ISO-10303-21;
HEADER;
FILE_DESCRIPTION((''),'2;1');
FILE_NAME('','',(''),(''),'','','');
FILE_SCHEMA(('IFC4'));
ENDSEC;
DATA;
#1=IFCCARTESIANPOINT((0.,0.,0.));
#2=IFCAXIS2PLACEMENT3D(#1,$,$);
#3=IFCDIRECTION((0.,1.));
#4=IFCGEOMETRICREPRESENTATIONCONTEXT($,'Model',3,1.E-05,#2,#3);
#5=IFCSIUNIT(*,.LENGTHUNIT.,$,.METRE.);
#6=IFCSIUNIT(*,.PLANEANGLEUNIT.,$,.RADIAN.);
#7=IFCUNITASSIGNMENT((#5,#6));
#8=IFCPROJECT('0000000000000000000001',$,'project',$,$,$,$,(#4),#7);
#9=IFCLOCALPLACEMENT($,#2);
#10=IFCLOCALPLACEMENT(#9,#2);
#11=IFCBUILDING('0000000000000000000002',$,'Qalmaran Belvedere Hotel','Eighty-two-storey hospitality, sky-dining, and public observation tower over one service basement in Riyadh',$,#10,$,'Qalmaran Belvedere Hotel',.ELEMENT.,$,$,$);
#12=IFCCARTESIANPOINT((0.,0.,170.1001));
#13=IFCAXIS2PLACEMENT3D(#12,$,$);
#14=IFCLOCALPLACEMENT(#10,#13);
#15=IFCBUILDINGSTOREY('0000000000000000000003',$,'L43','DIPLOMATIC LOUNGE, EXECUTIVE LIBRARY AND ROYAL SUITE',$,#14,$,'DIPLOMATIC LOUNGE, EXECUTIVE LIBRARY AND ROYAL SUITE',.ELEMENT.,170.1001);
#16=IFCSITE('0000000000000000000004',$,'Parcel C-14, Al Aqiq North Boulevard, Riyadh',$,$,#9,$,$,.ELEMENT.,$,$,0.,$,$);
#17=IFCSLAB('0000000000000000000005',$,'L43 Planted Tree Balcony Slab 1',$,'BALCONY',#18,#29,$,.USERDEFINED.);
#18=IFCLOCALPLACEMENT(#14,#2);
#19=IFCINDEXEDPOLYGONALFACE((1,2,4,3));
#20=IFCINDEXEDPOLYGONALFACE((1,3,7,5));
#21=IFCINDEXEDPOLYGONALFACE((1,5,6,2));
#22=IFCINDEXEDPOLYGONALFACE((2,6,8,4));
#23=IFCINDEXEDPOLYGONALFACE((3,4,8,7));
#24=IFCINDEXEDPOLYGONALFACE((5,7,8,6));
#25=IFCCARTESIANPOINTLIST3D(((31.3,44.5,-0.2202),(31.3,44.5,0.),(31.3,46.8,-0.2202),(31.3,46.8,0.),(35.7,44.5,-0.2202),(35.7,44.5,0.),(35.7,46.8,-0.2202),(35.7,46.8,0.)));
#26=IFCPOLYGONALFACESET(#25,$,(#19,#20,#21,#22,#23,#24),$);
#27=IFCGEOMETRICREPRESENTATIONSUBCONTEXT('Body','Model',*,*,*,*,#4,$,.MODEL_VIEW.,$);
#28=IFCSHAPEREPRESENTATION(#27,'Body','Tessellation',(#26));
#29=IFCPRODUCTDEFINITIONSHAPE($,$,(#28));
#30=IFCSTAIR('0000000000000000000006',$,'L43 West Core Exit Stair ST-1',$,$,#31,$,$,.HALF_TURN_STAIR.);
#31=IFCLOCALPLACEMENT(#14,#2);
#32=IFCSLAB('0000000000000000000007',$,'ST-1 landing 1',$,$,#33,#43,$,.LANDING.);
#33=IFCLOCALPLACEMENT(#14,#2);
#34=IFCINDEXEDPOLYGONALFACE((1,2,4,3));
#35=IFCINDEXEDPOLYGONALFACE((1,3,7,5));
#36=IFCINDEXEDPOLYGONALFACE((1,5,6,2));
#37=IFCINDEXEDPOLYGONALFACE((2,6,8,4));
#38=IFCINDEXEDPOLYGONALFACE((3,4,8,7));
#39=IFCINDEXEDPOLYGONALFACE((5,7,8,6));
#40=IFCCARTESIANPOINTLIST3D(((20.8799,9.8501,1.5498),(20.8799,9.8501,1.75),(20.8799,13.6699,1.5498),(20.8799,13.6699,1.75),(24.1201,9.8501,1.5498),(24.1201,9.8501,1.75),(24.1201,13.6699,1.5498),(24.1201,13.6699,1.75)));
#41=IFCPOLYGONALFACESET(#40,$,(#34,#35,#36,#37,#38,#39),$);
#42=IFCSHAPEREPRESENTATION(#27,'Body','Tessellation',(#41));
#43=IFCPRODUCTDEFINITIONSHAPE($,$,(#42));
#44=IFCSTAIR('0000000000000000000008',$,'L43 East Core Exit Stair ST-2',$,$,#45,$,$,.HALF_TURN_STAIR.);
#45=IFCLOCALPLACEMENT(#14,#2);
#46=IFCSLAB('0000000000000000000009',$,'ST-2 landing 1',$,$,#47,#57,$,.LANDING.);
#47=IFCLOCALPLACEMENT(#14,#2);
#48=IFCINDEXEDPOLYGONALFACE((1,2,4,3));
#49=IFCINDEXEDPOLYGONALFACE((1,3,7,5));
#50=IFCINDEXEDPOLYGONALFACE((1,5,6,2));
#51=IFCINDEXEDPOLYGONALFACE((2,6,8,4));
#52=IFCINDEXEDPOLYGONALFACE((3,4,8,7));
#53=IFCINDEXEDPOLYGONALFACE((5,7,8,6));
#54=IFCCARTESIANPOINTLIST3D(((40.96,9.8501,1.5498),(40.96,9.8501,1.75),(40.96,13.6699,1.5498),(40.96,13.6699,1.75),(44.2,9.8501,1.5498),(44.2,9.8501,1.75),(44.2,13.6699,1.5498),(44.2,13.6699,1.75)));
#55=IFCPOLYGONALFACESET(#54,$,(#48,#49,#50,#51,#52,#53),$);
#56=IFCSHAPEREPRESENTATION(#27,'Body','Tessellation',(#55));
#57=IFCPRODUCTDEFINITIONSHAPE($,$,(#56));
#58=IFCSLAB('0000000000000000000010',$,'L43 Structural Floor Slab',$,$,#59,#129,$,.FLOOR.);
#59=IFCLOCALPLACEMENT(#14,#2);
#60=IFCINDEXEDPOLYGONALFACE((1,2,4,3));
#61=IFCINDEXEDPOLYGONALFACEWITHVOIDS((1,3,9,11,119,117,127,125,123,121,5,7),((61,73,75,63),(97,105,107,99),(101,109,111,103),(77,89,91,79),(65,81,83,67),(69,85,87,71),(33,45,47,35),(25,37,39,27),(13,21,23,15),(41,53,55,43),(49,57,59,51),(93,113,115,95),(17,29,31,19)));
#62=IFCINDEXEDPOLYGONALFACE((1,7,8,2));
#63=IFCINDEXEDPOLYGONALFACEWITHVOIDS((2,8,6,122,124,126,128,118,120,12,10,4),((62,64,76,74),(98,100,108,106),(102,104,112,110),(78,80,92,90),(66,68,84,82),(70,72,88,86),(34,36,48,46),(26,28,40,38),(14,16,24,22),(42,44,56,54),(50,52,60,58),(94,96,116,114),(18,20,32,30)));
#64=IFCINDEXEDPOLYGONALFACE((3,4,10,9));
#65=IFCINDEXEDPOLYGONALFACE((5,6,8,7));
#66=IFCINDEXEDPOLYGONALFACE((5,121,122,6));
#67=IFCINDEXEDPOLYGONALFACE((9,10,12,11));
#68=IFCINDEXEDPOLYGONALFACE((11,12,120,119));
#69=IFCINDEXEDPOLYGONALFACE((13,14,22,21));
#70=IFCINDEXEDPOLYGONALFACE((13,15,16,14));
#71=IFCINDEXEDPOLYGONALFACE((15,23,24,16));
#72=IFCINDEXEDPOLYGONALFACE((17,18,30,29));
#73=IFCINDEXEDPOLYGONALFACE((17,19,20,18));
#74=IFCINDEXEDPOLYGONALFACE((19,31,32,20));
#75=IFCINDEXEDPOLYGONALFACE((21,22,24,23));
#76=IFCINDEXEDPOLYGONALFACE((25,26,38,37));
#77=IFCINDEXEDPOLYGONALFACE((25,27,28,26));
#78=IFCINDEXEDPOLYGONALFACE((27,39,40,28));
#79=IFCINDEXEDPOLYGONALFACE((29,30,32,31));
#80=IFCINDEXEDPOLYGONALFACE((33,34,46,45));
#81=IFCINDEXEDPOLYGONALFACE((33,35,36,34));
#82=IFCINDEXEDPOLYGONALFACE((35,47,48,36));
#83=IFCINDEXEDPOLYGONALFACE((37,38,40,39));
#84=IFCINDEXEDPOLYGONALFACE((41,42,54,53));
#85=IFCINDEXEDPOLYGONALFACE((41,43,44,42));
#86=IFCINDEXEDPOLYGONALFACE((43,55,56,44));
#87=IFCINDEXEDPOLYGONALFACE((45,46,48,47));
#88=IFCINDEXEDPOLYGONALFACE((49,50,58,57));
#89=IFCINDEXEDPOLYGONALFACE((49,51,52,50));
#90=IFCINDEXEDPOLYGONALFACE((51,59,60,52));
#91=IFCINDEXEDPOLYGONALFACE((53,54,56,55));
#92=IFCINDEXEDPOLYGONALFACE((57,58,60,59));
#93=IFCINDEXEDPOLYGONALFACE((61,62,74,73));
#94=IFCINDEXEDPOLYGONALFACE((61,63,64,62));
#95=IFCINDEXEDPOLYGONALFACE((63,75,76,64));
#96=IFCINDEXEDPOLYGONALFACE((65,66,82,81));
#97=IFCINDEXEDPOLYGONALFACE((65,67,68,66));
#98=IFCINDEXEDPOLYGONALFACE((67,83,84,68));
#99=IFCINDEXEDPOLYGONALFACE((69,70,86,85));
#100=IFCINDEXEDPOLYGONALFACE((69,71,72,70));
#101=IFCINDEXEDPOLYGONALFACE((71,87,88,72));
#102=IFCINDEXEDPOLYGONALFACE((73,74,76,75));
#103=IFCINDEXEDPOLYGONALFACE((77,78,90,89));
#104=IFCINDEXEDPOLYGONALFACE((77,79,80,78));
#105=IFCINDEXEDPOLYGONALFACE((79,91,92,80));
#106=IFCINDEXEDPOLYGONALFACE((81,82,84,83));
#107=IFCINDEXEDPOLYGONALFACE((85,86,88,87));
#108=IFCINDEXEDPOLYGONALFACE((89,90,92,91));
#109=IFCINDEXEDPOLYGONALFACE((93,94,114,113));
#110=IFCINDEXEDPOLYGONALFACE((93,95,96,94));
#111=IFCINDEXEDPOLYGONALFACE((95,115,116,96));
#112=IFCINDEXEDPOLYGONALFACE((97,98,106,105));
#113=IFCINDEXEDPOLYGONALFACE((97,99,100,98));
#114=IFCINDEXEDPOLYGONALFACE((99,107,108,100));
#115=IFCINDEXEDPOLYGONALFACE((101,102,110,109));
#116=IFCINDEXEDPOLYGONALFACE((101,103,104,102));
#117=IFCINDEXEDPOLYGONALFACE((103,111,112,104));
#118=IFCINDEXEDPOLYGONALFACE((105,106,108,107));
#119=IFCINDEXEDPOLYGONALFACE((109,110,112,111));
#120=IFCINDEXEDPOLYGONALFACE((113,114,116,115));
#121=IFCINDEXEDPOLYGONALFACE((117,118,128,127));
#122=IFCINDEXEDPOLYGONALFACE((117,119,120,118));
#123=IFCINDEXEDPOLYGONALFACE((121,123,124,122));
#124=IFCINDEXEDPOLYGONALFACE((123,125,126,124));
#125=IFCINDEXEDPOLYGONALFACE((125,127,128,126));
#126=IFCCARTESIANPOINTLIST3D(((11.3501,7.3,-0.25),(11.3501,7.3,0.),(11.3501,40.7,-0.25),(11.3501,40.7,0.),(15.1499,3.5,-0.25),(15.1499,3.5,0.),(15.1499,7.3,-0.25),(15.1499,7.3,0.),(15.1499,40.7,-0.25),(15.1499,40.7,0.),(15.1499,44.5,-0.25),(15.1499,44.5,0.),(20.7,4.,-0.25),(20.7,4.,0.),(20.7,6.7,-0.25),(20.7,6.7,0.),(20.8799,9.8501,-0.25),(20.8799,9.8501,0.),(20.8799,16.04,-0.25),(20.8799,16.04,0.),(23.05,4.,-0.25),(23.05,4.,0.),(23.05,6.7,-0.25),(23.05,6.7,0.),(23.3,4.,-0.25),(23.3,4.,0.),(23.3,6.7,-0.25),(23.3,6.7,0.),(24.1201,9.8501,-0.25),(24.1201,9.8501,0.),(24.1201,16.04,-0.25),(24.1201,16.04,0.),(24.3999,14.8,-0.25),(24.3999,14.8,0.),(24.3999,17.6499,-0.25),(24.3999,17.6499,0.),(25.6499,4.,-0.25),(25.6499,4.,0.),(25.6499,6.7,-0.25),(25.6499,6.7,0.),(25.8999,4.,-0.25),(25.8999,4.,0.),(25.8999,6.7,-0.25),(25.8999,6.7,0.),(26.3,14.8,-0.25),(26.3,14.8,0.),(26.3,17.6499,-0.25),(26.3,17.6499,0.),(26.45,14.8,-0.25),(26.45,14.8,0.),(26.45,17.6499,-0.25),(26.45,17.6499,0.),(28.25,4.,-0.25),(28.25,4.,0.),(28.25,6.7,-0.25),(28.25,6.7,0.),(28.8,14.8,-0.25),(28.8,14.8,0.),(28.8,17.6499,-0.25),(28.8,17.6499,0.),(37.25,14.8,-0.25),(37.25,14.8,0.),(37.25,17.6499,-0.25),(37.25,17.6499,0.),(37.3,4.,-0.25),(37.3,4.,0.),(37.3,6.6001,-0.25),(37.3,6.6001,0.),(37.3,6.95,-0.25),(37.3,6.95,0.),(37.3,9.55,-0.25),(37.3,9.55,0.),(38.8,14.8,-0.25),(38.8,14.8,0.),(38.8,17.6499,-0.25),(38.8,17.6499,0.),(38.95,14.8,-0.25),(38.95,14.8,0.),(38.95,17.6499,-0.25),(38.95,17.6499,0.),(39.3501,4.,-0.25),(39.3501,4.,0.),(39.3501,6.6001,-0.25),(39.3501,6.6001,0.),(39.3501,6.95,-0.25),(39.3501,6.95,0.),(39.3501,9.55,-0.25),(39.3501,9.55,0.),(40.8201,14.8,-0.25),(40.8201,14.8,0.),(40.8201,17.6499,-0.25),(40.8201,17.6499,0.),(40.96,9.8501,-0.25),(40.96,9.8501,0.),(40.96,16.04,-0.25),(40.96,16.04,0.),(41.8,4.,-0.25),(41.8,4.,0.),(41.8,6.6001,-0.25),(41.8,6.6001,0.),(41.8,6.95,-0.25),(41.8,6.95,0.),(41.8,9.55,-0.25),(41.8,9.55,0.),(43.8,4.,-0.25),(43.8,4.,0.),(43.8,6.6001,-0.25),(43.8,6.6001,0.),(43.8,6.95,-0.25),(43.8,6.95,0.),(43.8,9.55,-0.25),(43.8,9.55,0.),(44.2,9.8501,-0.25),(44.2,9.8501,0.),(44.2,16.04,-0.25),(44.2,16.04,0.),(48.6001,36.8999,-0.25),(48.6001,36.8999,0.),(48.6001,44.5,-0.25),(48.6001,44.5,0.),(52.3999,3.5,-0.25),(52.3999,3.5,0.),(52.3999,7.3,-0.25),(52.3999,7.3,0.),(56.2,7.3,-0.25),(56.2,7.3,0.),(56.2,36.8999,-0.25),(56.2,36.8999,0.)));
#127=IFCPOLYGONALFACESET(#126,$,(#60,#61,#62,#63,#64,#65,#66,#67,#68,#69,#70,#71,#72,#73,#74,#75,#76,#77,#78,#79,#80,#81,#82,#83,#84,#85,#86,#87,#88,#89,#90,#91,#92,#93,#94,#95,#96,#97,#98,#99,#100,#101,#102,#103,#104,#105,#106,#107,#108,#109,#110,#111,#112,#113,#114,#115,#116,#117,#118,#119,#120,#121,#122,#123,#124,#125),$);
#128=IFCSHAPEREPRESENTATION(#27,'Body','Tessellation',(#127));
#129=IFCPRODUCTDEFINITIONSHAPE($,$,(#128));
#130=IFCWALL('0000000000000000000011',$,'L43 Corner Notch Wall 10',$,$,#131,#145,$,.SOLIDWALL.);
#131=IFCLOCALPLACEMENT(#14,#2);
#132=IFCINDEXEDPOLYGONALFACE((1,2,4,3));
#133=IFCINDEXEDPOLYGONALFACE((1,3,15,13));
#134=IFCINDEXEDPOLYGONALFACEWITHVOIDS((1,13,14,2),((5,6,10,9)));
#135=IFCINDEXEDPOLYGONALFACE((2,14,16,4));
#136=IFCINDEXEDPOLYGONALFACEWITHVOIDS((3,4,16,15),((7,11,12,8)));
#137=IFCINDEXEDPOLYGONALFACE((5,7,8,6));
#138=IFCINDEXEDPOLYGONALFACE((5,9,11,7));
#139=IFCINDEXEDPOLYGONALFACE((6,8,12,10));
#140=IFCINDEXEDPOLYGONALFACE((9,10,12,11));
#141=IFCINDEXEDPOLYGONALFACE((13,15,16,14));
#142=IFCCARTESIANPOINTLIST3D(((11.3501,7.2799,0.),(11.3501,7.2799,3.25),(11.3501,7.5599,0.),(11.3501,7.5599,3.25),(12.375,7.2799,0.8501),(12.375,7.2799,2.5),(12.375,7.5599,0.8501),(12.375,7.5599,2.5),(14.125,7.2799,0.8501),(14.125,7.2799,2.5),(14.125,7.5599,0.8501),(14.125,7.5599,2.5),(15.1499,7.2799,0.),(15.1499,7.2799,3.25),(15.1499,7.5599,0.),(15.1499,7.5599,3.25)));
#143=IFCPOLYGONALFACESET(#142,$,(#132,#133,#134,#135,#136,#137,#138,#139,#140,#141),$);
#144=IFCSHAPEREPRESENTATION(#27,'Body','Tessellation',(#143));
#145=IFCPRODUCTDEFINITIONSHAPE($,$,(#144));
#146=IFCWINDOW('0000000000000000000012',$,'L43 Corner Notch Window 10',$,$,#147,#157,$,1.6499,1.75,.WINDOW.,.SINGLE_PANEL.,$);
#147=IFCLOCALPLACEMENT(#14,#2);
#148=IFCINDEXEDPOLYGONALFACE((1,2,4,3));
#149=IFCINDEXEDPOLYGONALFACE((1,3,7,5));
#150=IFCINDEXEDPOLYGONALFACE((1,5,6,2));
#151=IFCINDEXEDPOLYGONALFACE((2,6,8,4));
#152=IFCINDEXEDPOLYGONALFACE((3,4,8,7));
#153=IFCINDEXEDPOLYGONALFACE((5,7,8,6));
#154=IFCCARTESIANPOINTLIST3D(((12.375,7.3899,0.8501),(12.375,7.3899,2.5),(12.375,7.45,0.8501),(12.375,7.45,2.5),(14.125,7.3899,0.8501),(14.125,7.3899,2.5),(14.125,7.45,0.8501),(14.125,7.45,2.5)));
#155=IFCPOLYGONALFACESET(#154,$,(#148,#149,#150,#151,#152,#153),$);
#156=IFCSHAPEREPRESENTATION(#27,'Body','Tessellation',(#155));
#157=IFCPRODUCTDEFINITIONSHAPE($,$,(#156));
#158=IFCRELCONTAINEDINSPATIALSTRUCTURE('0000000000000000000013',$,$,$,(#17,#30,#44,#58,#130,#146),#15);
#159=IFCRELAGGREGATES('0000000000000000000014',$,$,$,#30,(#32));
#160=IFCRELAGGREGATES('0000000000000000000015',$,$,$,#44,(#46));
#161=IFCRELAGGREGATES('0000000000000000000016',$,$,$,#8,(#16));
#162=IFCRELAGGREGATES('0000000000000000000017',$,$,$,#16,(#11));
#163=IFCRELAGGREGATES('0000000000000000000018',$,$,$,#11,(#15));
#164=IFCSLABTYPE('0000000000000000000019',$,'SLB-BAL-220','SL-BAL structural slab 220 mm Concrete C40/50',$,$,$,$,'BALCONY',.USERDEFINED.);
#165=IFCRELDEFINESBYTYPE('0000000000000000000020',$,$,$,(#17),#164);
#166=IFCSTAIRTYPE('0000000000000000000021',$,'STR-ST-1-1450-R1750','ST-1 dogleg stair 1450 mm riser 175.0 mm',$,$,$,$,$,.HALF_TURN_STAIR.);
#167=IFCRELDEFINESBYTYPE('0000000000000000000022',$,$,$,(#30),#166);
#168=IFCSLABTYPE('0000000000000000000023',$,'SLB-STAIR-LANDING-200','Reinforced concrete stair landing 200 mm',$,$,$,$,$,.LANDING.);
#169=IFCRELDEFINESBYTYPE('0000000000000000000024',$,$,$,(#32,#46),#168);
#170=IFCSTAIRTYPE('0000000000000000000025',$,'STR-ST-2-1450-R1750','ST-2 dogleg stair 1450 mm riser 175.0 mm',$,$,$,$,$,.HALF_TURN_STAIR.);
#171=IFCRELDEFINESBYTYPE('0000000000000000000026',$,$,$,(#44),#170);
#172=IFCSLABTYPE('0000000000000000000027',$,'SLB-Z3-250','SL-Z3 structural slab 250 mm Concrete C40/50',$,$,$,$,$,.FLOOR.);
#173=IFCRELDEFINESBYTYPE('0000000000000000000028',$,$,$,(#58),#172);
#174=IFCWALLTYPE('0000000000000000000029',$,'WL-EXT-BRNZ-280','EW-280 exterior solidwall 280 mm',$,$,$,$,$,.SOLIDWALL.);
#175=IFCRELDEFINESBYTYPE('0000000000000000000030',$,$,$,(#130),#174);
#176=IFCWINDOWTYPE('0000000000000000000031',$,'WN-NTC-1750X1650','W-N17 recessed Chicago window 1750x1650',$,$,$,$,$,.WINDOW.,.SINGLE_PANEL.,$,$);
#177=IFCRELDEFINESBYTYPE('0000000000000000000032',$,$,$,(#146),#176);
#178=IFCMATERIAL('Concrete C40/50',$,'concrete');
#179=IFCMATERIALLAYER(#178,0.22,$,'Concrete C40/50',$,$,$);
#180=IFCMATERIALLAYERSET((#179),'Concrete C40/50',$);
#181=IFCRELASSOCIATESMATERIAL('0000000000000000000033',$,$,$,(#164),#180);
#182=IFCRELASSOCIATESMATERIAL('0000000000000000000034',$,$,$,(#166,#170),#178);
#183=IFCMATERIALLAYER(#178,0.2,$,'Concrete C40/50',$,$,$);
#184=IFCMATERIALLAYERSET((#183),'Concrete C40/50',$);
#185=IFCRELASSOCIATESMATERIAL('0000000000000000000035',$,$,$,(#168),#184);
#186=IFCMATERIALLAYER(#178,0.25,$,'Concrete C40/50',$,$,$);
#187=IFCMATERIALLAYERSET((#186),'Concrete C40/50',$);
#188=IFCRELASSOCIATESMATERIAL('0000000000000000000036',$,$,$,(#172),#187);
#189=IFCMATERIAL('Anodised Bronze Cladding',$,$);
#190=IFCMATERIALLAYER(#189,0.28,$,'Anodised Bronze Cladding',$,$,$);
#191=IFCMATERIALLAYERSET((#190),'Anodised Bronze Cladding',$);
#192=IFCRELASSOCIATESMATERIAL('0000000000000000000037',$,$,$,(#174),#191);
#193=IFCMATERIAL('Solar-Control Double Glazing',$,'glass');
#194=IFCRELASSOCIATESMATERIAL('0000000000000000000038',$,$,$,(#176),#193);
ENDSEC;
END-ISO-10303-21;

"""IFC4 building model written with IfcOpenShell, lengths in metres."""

from ifc_helpers import new_model, si_unit, direction, frame, frame_2d, origin, place, context, subcontext, project, spatial, polyline, rectangle, outline, extrude, material, layer, layer_set, type_object, element, fill, aggregate, save


model = new_model("IFC4")

# Units and contexts
model_context = context("Model", 3, precision=1e-05, world=origin(), true_north=direction((0.0, 1.0)))
body_context = subcontext(model_context, "Body", "Model", "MODEL_VIEW")
ifc_project = project(units=[si_unit("LENGTHUNIT", "METRE"), si_unit("PLANEANGLEUNIT", "RADIAN")], contexts=[model_context])

# Site, building, storey
site_placement = place(None, origin())
site = spatial("IfcSite", under=ifc_project, at=site_placement, Name="Parcel C-14, Al Aqiq North Boulevard, Riyadh", CompositionType="ELEMENT", RefElevation=0.0)
building_placement = place(site_placement, origin())
building = spatial("IfcBuilding", under=site, at=building_placement, Name="Qalmaran Belvedere Hotel", Description="Eighty-two-storey hospitality, sky-dining, and public observation tower over one service basement in Riyadh", LongName="Qalmaran Belvedere Hotel", CompositionType="ELEMENT")
storey_placement = place(building_placement, frame((0.0, 0.0, 170.1001)))
storey = spatial("IfcBuildingStorey", under=building, at=storey_placement, Name="L43", Description="DIPLOMATIC LOUNGE, EXECUTIVE LIBRARY AND ROYAL SUITE", LongName="DIPLOMATIC LOUNGE, EXECUTIVE LIBRARY AND ROYAL SUITE", CompositionType="ELEMENT", Elevation=170.1001)

# Shared definitions
ifc_material_1 = material(Name="Solar-Control Double Glazing", Category="glass")

# Slab
ifc_material_2 = material(Name="Concrete C40/50", Category="concrete")
ifc_layer_1 = layer(ifc_material_2, 0.22, Name="Concrete C40/50")
ifc_layer_set_1 = layer_set([ifc_layer_1], Name="Concrete C40/50")
slab_type_1 = type_object("IfcSlabType", Name="SLB-BAL-220", Description="SL-BAL structural slab 220 mm Concrete C40/50", ElementType="BALCONY", PredefinedType="USERDEFINED", material=ifc_layer_set_1)
slab_1_placement = place(storey_placement, frame((0.0, 0.0, -0.2202)))
element("IfcSlab", 1, at=slab_1_placement, inside=storey, type_object=slab_type_1, Name="L43 Planted Tree Balcony Slab 1", ObjectType="BALCONY", PredefinedType="USERDEFINED", context=body_context, shape_type="SweptSolid", body=[
    extrude(outline(polyline([(31.3, 44.5), (35.7, 44.5), (35.7, 46.8), (31.3, 46.8), (31.3, 44.5)])), origin(), (0.0, 0.0, 1.0), 0.2202),
])

# Stairs, slabs
stair_type_1 = type_object("IfcStairType", Name="STR-ST-1-1450-R1750", Description="ST-1 dogleg stair 1450 mm riser 175.0 mm", PredefinedType="HALF_TURN_STAIR", material=ifc_material_2)
stair_1_placement = place(storey_placement, origin())
stair_1 = element("IfcStair", 2, at=stair_1_placement, inside=storey, type_object=stair_type_1, Name="L43 West Core Exit Stair ST-1", PredefinedType="HALF_TURN_STAIR")
ifc_layer_2 = layer(ifc_material_2, 0.2, Name="Concrete C40/50")
ifc_layer_set_2 = layer_set([ifc_layer_2], Name="Concrete C40/50")
slab_type_2 = type_object("IfcSlabType", Name="SLB-STAIR-LANDING-200", Description="Reinforced concrete stair landing 200 mm", PredefinedType="LANDING", material=ifc_layer_set_2)
slab_2_placement = place(storey_placement, frame((0.0, 0.0, 1.5498)))
slab_2 = element("IfcSlab", 3, at=slab_2_placement, type_object=slab_type_2, Name="ST-1 landing 1", PredefinedType="LANDING", context=body_context, shape_type="SweptSolid", body=[
    extrude(outline(polyline([(20.8799, 13.6699), (20.8799, 9.8501), (24.1201, 9.8501), (24.1201, 13.6699), (20.8799, 13.6699)])), origin(), (0.0, 0.0, 1.0), 0.2002),
])
aggregate(stair_1, [slab_2])
stair_type_2 = type_object("IfcStairType", Name="STR-ST-2-1450-R1750", Description="ST-2 dogleg stair 1450 mm riser 175.0 mm", PredefinedType="HALF_TURN_STAIR", material=ifc_material_2)
stair_2_placement = place(storey_placement, origin())
stair_2 = element("IfcStair", 4, at=stair_2_placement, inside=storey, type_object=stair_type_2, Name="L43 East Core Exit Stair ST-2", PredefinedType="HALF_TURN_STAIR")
slab_3_placement = place(storey_placement, frame((0.0, 0.0, 1.5498)))
slab_3 = element("IfcSlab", 5, at=slab_3_placement, type_object=slab_type_2, Name="ST-2 landing 1", PredefinedType="LANDING", context=body_context, shape_type="SweptSolid", body=[
    extrude(outline(polyline([(40.96, 13.6699), (40.96, 9.8501), (44.2, 9.8501), (44.2, 13.6699), (40.96, 13.6699)])), origin(), (0.0, 0.0, 1.0), 0.2002),
])
aggregate(stair_2, [slab_3])

# Slab
ifc_layer_3 = layer(ifc_material_2, 0.25, Name="Concrete C40/50")
ifc_layer_set_3 = layer_set([ifc_layer_3], Name="Concrete C40/50")
slab_type_3 = type_object("IfcSlabType", Name="SLB-Z3-250", Description="SL-Z3 structural slab 250 mm Concrete C40/50", PredefinedType="FLOOR", material=ifc_layer_set_3)
slab_4_placement = place(storey_placement, frame((0.0, 0.0, -0.25)))
element("IfcSlab", 6, at=slab_4_placement, inside=storey, type_object=slab_type_3, Name="L43 Structural Floor Slab", PredefinedType="FLOOR", context=body_context, shape_type="SweptSolid", body=[
    extrude(outline(polyline([(15.1499, 3.5), (52.3999, 3.5), (52.3999, 7.3), (56.2, 7.3), (56.2, 36.8999), (48.6001, 36.8999), (48.6001, 44.5), (15.1499, 44.5), (15.1499, 40.7), (11.3501, 40.7), (11.3501, 7.3), (15.1499, 7.3), (15.1499, 3.5)]), holes=[polyline([(20.8799, 9.8501), (24.1201, 9.8501), (24.1201, 16.04), (20.8799, 16.04), (20.8799, 9.8501)]), polyline([(40.96, 9.8501), (44.2, 9.8501), (44.2, 16.04), (40.96, 16.04), (40.96, 9.8501)]), polyline([(37.3, 4.0), (39.3501, 4.0), (39.3501, 6.6001), (37.3, 6.6001), (37.3, 4.0)]), polyline([(37.3, 6.95), (39.3501, 6.95), (39.3501, 9.55), (37.3, 9.55), (37.3, 6.95)]), polyline([(41.8, 4.0), (43.8, 4.0), (43.8, 6.6001), (41.8, 6.6001), (41.8, 4.0)]), polyline([(41.8, 6.95), (43.8, 6.95), (43.8, 9.55), (41.8, 9.55), (41.8, 6.95)]), polyline([(20.7, 4.0), (23.05, 4.0), (23.05, 6.7), (20.7, 6.7), (20.7, 4.0)]), polyline([(23.3, 4.0), (25.6499, 4.0), (25.6499, 6.7), (23.3, 6.7), (23.3, 4.0)]), polyline([(25.8999, 4.0), (28.25, 4.0), (28.25, 6.7), (25.8999, 6.7), (25.8999, 4.0)]), polyline([(24.3999, 14.8), (26.3, 14.8), (26.3, 17.6499), (24.3999, 17.6499), (24.3999, 14.8)]), polyline([(38.95, 14.8), (40.8201, 14.8), (40.8201, 17.6499), (38.95, 17.6499), (38.95, 14.8)]), polyline([(26.45, 14.8), (28.8, 14.8), (28.8, 17.6499), (26.45, 17.6499), (26.45, 14.8)]), polyline([(37.25, 14.8), (38.8, 14.8), (38.8, 17.6499), (37.25, 17.6499), (37.25, 14.8)])]), origin(), (0.0, 0.0, 1.0), 0.25),
])

# Wall, opening, window
ifc_material_3 = material(Name="Anodised Bronze Cladding")
ifc_layer_4 = layer(ifc_material_3, 0.28, Name="Anodised Bronze Cladding")
ifc_layer_set_4 = layer_set([ifc_layer_4], Name="Anodised Bronze Cladding")
wall_type_1 = type_object("IfcWallType", Name="WL-EXT-BRNZ-280", Description="EW-280 exterior solidwall 280 mm", PredefinedType="SOLIDWALL", material=ifc_layer_set_4)
wall_1_placement = place(storey_placement, frame((11.3501, 7.4199, 0.0), z_axis=(0.0, 0.0, 1.0), x_axis=(1.0, 0.0, 0.0)))
wall_1 = element("IfcWall", 7, at=wall_1_placement, inside=storey, type_object=wall_type_1, Name="L43 Corner Notch Wall 10", PredefinedType="SOLIDWALL", context=body_context, shape_type="SweptSolid", body=[
    extrude(rectangle(XDim=3.7998, YDim=0.28, at=frame_2d((1.8999, 0.0))), origin(), (0.0, 0.0, 1.0), 3.25),
])
opening_1_placement = place(wall_1_placement, frame((1.0249, 0.0, 0.8501)))
opening_1 = element("IfcOpeningElement", 8, at=opening_1_placement, cuts=wall_1, PredefinedType="OPENING", context=body_context, shape_type="SweptSolid", body=[
    extrude(rectangle(XDim=1.75, YDim=1.6499, at=frame_2d((0.875, 0.825))), frame((0.0, 0.1499, 0.0), z_axis=(0.0, -1.0, 0.0), x_axis=(1.0, 0.0, 0.0)), (0.0, 0.0, 1.0), 0.3),
])
window_type = type_object("IfcWindowType", Name="WN-NTC-1750X1650", Description="W-N17 recessed Chicago window 1750x1650", PartitioningType="SINGLE_PANEL", PredefinedType="WINDOW", material=ifc_material_1)
window_placement = place(opening_1_placement, origin())
window = element("IfcWindow", 9, at=window_placement, inside=storey, type_object=window_type, Name="L43 Corner Notch Window 10", OverallHeight=1.6499, OverallWidth=1.75, PartitioningType="SINGLE_PANEL", PredefinedType="WINDOW", context=body_context, shape_type="SweptSolid", body=[
    extrude(rectangle(XDim=1.75, YDim=1.6499, at=frame_2d((0.875, 0.825))), frame((0.0, 0.03, 0.0), z_axis=(0.0, -1.0, 0.0), x_axis=(1.0, 0.0, 0.0)), (0.0, 0.0, 1.0), 0.0601),
])
fill(opening_1, window)

save(model, "model.ifc")
